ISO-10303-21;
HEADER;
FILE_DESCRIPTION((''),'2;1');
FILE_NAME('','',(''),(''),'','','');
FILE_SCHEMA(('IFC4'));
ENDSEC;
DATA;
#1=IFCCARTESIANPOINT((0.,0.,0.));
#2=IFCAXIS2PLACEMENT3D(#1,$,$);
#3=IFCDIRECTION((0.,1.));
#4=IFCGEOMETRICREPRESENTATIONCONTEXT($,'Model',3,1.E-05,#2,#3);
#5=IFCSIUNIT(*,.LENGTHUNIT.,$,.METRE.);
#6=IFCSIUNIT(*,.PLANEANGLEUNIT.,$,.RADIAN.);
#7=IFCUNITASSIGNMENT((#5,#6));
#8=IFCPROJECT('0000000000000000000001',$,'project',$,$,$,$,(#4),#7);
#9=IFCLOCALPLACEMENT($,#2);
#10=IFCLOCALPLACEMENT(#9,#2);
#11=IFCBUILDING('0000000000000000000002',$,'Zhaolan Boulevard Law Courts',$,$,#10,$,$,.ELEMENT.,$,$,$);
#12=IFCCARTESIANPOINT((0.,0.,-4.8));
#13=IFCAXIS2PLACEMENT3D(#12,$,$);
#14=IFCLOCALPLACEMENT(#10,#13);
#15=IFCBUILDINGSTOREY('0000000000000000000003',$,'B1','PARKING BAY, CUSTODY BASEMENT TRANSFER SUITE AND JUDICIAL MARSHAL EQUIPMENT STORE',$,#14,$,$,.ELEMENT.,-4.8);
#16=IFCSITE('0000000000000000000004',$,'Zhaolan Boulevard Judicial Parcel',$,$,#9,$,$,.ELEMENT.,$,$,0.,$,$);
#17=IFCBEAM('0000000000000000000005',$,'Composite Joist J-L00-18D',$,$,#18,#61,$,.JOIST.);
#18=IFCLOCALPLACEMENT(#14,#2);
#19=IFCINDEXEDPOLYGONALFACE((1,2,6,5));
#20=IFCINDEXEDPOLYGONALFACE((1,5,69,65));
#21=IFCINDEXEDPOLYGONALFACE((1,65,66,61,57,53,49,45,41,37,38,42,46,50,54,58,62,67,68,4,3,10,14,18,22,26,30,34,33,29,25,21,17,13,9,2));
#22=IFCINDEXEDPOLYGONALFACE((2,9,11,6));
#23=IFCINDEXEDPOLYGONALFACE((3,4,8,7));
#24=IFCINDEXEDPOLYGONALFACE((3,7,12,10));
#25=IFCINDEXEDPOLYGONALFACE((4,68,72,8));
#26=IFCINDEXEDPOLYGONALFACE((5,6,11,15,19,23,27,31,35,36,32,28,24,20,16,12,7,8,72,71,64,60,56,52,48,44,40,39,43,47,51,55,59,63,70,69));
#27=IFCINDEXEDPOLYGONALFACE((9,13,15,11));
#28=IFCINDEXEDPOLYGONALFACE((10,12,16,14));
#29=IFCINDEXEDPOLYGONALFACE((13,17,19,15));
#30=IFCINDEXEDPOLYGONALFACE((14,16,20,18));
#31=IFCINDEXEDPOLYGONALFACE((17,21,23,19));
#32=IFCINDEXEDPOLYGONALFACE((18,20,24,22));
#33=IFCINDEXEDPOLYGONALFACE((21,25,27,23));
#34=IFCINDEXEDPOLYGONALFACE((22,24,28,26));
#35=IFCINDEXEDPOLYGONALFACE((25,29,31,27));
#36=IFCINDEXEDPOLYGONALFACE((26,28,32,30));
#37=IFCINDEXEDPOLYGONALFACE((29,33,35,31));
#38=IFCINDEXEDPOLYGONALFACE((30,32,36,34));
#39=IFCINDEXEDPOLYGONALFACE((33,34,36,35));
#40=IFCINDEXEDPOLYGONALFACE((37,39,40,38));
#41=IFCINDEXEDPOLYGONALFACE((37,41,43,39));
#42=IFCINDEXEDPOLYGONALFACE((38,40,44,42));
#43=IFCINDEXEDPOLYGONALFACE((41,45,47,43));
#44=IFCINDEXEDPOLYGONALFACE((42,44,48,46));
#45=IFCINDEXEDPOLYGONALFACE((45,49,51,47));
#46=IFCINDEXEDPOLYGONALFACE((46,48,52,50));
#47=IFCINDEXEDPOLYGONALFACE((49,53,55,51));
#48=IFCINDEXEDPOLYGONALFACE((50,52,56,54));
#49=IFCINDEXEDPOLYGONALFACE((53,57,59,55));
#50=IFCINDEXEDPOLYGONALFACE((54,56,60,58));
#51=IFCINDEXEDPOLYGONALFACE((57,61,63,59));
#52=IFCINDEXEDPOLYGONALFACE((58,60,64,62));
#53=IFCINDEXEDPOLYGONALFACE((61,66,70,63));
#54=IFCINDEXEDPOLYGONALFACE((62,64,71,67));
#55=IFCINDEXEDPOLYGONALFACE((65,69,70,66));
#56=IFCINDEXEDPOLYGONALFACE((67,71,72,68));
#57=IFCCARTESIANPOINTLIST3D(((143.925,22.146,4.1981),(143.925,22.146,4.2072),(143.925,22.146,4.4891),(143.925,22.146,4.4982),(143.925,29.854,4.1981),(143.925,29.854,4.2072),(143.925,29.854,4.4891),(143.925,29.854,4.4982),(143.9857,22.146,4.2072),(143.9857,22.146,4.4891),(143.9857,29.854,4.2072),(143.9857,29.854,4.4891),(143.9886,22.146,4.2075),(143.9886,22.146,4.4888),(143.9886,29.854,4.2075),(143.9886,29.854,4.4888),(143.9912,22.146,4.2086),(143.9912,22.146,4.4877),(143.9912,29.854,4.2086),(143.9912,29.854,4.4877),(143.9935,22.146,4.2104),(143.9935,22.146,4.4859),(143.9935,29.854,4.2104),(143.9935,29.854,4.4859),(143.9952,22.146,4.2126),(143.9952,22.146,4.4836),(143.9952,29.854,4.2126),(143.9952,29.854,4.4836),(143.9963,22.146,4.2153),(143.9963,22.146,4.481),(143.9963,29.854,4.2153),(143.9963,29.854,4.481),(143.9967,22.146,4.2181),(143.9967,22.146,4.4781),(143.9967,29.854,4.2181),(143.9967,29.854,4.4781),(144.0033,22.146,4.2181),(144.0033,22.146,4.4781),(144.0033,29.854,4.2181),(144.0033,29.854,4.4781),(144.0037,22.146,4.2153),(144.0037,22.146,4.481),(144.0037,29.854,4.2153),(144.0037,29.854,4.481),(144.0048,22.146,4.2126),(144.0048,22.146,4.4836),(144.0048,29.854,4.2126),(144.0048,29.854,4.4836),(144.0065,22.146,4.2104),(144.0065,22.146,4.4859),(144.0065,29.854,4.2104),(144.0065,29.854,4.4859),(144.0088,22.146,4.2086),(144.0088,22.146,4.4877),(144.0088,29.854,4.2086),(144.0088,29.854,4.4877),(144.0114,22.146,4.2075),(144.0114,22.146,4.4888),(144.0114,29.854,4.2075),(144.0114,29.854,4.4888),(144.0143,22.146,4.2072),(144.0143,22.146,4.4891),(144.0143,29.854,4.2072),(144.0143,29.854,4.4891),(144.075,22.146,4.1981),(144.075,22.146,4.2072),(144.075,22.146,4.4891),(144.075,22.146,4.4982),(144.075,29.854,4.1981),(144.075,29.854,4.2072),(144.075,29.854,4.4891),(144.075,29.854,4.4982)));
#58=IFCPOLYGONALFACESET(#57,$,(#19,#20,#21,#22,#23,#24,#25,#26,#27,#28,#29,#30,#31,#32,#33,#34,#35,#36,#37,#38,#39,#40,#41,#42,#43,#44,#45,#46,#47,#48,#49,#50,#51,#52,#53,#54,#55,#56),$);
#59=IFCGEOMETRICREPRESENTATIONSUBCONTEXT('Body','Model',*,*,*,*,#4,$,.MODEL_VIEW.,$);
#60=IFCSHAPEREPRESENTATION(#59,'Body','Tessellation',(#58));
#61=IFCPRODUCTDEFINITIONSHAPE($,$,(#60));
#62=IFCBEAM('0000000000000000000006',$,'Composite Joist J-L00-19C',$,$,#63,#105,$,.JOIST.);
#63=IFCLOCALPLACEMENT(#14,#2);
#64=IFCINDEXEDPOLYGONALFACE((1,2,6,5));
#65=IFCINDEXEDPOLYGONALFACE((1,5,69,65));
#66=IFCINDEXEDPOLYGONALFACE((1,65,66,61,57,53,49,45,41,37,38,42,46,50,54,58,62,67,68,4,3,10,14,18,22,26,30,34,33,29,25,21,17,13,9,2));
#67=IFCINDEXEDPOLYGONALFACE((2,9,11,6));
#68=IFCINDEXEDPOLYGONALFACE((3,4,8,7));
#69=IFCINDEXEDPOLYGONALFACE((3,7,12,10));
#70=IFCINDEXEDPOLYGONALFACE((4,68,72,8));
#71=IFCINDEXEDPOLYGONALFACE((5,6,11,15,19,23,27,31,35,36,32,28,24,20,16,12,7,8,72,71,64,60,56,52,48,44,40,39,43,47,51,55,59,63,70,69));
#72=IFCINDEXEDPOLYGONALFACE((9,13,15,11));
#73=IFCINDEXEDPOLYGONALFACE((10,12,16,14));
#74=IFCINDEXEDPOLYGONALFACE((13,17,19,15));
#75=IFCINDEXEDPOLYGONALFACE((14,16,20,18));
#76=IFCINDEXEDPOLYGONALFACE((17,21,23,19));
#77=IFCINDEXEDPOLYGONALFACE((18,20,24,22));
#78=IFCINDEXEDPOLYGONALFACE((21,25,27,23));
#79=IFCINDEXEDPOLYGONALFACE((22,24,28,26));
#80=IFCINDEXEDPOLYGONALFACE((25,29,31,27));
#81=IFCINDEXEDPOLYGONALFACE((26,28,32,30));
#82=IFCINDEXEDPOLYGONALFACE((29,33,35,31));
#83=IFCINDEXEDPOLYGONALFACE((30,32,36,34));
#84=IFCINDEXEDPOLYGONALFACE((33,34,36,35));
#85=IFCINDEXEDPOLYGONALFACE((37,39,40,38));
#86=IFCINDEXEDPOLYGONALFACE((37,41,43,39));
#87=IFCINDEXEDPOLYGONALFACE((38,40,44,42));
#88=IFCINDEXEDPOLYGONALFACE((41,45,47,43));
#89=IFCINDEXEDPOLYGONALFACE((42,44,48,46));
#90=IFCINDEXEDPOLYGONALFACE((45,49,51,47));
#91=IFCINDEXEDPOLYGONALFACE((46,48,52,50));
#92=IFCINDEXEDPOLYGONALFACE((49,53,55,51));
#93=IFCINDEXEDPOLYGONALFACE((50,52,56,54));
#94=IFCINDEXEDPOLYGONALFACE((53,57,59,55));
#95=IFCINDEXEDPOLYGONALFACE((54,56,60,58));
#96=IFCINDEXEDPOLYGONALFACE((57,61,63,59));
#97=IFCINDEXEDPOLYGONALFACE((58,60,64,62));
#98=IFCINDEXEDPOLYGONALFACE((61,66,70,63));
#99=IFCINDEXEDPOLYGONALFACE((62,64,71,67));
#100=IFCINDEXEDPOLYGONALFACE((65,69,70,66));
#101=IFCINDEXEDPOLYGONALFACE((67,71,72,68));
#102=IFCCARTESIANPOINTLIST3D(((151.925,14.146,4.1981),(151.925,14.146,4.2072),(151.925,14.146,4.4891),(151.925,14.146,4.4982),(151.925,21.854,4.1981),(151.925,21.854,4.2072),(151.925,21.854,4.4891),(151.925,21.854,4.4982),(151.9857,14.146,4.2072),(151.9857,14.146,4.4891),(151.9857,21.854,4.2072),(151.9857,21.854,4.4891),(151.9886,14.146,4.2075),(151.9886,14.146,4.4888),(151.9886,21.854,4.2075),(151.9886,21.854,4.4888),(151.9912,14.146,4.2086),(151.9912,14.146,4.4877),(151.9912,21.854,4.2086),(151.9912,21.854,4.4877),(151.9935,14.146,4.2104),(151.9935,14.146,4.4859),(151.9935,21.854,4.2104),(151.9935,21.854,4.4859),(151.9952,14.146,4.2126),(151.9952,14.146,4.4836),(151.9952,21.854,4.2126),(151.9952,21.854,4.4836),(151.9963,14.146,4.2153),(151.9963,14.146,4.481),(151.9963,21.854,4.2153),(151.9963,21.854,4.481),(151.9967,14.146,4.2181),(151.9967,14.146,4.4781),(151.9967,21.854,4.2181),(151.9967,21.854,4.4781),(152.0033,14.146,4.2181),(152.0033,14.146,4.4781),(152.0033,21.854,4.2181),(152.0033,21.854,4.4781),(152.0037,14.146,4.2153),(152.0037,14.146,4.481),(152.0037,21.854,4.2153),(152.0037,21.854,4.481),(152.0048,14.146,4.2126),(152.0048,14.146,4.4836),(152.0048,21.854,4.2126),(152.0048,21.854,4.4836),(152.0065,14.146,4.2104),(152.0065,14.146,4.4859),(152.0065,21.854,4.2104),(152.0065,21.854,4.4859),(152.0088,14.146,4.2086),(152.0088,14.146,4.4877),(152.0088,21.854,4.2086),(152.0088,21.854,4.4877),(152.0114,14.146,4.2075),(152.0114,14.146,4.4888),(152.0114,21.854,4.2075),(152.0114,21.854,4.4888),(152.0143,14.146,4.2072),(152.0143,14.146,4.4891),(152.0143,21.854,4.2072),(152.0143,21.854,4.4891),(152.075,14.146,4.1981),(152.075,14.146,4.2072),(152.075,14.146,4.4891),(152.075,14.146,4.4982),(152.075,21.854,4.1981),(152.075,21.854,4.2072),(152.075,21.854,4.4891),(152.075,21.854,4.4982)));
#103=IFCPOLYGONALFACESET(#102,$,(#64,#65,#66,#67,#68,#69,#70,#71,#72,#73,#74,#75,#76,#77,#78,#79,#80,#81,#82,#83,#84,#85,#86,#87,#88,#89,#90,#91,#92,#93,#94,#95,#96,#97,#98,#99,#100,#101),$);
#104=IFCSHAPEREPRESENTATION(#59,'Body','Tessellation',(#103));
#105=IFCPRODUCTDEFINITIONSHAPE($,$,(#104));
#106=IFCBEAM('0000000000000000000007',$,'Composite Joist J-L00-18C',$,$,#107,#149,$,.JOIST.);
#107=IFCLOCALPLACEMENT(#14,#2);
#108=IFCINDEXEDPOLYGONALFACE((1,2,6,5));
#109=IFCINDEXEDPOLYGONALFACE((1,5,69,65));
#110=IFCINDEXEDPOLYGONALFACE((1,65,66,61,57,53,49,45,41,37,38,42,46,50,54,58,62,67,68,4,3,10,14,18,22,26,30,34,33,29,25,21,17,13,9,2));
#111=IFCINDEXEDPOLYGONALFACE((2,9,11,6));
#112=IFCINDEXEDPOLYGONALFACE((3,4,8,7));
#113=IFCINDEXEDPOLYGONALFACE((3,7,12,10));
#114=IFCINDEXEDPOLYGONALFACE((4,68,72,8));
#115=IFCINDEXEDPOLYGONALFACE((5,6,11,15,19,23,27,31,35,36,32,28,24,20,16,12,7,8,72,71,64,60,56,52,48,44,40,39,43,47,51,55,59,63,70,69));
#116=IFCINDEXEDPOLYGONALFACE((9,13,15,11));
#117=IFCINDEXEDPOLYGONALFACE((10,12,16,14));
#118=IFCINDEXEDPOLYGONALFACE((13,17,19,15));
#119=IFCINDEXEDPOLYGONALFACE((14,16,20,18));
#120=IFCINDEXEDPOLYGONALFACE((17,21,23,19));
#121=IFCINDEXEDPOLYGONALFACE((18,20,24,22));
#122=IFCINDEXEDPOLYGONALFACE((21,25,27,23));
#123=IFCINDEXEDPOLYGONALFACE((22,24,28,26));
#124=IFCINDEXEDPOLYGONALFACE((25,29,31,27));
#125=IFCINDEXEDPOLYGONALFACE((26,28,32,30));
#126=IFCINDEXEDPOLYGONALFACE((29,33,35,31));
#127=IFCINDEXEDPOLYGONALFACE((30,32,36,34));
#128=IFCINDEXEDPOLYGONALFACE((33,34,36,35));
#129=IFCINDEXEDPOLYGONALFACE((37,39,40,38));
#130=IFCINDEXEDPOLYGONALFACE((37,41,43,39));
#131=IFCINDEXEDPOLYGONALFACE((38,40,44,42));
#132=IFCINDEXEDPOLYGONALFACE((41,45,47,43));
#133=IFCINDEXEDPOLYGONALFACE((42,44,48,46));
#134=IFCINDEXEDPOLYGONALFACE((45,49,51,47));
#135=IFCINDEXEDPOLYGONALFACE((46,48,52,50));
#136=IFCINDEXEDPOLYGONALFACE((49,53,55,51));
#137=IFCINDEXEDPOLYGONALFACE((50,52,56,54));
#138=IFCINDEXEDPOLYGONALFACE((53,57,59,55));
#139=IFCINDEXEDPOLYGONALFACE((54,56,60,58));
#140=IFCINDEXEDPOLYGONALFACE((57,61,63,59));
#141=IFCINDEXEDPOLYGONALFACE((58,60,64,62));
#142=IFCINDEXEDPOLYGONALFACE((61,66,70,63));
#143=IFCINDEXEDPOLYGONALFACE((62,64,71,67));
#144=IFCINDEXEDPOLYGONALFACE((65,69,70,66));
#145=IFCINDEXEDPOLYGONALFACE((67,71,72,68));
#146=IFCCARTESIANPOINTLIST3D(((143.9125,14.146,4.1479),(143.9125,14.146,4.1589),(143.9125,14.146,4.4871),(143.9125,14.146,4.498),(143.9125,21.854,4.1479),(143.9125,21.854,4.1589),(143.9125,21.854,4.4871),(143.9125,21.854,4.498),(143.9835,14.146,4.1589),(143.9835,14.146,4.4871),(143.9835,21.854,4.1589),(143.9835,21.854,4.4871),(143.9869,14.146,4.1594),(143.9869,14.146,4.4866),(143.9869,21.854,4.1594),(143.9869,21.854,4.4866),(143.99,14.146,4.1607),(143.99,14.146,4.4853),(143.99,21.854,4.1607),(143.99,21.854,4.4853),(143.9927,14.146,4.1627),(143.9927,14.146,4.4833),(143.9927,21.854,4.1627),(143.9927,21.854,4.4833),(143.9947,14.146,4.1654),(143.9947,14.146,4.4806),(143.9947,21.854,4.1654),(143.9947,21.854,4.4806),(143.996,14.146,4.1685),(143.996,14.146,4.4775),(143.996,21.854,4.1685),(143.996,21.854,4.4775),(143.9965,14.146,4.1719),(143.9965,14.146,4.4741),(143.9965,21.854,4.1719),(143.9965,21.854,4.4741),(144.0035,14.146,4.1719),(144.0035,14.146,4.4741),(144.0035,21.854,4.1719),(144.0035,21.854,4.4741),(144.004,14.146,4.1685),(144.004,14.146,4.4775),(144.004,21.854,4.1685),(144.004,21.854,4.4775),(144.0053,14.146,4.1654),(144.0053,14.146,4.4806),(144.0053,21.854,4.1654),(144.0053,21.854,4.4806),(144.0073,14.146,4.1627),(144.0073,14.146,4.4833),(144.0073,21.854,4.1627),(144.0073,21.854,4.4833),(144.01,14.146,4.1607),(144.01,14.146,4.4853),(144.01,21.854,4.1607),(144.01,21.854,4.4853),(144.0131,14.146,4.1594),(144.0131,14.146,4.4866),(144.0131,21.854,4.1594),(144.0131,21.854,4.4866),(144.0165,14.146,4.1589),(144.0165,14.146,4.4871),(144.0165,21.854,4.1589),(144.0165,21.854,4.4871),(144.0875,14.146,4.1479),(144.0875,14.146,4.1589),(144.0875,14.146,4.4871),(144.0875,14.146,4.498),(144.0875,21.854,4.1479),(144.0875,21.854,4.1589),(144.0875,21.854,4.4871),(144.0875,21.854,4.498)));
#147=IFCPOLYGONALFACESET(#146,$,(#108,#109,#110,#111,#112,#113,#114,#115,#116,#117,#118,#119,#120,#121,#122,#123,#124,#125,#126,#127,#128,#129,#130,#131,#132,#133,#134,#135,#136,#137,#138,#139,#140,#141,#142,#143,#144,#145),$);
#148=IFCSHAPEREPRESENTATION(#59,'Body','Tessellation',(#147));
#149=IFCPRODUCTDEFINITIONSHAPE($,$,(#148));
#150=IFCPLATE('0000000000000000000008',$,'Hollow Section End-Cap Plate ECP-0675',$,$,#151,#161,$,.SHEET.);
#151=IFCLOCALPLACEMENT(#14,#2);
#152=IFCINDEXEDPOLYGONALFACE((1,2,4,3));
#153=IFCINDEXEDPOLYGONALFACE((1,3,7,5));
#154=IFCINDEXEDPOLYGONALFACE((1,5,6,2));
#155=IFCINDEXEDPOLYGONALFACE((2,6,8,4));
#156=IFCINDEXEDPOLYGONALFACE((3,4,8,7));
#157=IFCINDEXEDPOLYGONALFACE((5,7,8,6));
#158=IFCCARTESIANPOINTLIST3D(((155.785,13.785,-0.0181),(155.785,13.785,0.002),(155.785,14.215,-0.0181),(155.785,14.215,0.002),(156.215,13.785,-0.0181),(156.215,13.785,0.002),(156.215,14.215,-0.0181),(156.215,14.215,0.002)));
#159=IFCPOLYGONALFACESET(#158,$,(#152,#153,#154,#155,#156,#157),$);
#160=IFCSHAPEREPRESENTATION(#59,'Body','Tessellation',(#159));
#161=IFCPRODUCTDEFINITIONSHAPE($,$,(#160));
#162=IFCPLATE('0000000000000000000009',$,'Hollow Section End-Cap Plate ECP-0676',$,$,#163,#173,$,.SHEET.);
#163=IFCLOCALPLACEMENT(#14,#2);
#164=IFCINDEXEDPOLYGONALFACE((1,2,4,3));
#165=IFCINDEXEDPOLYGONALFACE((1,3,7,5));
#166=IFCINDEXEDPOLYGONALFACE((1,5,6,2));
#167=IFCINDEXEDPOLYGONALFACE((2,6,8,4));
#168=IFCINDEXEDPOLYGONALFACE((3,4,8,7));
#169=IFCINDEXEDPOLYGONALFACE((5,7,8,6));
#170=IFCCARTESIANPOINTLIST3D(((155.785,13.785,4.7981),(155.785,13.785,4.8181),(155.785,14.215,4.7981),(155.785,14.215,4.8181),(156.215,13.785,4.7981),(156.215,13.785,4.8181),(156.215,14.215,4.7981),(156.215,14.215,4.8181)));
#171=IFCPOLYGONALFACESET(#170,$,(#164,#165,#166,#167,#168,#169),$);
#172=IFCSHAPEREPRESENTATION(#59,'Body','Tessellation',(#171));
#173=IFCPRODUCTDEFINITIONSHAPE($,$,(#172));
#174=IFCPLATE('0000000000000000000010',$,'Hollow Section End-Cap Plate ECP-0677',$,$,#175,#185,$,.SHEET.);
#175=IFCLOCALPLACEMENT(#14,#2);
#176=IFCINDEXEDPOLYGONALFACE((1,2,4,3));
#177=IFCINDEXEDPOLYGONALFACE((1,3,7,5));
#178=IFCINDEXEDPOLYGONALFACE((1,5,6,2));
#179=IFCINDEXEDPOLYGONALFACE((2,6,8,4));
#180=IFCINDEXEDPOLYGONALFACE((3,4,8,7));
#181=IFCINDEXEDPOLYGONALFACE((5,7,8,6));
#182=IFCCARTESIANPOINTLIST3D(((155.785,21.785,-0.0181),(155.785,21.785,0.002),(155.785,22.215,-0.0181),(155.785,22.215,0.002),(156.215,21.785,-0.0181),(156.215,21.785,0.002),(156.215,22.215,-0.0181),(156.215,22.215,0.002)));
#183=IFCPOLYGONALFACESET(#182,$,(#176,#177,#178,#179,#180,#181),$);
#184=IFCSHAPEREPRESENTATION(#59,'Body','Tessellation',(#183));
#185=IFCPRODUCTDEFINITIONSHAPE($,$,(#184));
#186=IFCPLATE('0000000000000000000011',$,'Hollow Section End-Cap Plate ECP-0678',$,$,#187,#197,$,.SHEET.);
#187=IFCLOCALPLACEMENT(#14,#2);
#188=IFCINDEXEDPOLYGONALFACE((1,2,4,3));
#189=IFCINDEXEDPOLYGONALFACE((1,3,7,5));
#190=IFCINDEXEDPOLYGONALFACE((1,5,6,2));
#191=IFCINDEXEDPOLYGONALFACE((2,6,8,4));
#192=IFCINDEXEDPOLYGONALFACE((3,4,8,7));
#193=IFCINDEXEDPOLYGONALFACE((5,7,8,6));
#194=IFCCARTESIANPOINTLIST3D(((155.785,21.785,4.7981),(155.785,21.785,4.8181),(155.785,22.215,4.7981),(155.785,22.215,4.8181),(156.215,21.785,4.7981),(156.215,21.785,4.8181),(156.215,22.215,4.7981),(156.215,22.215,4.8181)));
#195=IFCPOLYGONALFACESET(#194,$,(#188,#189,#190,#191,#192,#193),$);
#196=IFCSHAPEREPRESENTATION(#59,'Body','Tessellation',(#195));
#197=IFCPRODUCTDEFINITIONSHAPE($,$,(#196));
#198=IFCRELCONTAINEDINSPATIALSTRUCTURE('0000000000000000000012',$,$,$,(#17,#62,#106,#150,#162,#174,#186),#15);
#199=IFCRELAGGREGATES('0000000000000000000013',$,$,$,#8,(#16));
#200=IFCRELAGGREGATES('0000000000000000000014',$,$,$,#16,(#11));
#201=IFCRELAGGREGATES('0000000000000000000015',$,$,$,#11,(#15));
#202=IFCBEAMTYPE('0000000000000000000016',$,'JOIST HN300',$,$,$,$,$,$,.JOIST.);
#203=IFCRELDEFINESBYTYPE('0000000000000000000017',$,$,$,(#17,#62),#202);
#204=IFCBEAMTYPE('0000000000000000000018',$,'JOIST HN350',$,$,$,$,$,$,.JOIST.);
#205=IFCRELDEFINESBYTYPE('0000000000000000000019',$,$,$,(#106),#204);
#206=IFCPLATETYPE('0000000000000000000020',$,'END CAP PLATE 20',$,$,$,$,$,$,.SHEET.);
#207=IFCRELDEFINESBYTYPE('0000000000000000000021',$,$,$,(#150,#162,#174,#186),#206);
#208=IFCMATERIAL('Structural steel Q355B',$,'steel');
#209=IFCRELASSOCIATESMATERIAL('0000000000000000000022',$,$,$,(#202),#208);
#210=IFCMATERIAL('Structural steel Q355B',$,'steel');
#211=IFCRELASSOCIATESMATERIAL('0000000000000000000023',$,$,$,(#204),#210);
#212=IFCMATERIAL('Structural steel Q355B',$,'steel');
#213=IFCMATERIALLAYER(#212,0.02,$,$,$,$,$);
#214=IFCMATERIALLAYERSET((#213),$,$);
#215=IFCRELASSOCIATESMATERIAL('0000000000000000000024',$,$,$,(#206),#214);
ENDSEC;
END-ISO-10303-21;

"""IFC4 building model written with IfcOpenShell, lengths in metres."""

from ifc_helpers import new_model, si_unit, direction, frame, origin, origin_2d, place, context, subcontext, project, spatial, rectangle, i_section, extrude, material, layer, layer_set, material_profile, profile_set, type_object, element, save


model = new_model("IFC4")

# Units and contexts
model_context = context("Model", 3, precision=1e-05, world=origin(), true_north=direction((0.0, 1.0)))
body_context = subcontext(model_context, "Body", "Model", "MODEL_VIEW")
ifc_project = project(units=[si_unit("LENGTHUNIT", "METRE"), si_unit("PLANEANGLEUNIT", "RADIAN")], contexts=[model_context])

# Site, building, storey
site_placement = place(None, origin())
site = spatial("IfcSite", under=ifc_project, at=site_placement, Name="Zhaolan Boulevard Judicial Parcel", CompositionType="ELEMENT", RefElevation=0.0)
building_placement = place(site_placement, origin())
building = spatial("IfcBuilding", under=site, at=building_placement, Name="Zhaolan Boulevard Law Courts", CompositionType="ELEMENT")
storey_placement = place(building_placement, frame((0.0, 0.0, -4.8)))
storey = spatial("IfcBuildingStorey", under=building, at=storey_placement, Name="B1", Description="PARKING BAY, CUSTODY BASEMENT TRANSFER SUITE AND JUDICIAL MARSHAL EQUIPMENT STORE", CompositionType="ELEMENT", Elevation=-4.8)

# Beams
ifc_material_1 = material(Name="Structural steel Q355B", Category="steel")
ifc_material_profile_1 = material_profile(ifc_material_1, i_section(OverallWidth=0.1499, OverallDepth=0.3, WebThickness=0.0066, FlangeThickness=0.009, FilletRadius=0.011, at=origin_2d()), Name="HN300x150")
ifc_profile_set_1 = profile_set([ifc_material_profile_1], Name="Structural steel Q355B")
beam_type_1 = type_object("IfcBeamType", Name="JOIST HN300", PredefinedType="JOIST", material=ifc_profile_set_1)
for number, where, z_axis, x_axis, name in (
    (1, (144.0, 22.146, 4.3481), (0.0, 1.0, 0.0), (-1.0, 0.0, 0.0), "Composite Joist J-L00-18D"),
    (2, (152.0, 14.146, 4.3481), (0.0, 1.0, 0.0), (-1.0, 0.0, 0.0), "Composite Joist J-L00-19C"),
):
    element("IfcBeam", number, at=place(storey_placement, frame(where, z_axis=z_axis, x_axis=x_axis)), inside=storey, type_object=beam_type_1, Name=name, PredefinedType="JOIST", context=body_context, shape_type="SweptSolid", body=[
        extrude(i_section(OverallWidth=0.1499, OverallDepth=0.3, WebThickness=0.0066, FlangeThickness=0.009, FilletRadius=0.011, at=origin_2d()), origin(), (0.0, 0.0, 1.0), 7.708),
    ])
ifc_material_2 = material(Name="Structural steel Q355B", Category="steel")
ifc_material_profile_2 = material_profile(ifc_material_2, i_section(OverallWidth=0.175, OverallDepth=0.3501, WebThickness=0.0071, FlangeThickness=0.011, FilletRadius=0.0129, at=origin_2d()), Name="HN350x175")
ifc_profile_set_2 = profile_set([ifc_material_profile_2], Name="Structural steel Q355B")
beam_type_2 = type_object("IfcBeamType", Name="JOIST HN350", PredefinedType="JOIST", material=ifc_profile_set_2)
beam_1_placement = place(storey_placement, frame((144.0, 14.146, 4.323), z_axis=(0.0, 1.0, 0.0), x_axis=(-1.0, 0.0, 0.0)))
element("IfcBeam", 3, at=beam_1_placement, inside=storey, type_object=beam_type_2, Name="Composite Joist J-L00-18C", PredefinedType="JOIST", context=body_context, shape_type="SweptSolid", body=[
    extrude(i_section(OverallWidth=0.175, OverallDepth=0.3501, WebThickness=0.0071, FlangeThickness=0.011, FilletRadius=0.0129, at=origin_2d()), origin(), (0.0, 0.0, 1.0), 7.708),
])

# Plates
ifc_material_3 = material(Name="Structural steel Q355B", Category="steel")
ifc_layer = layer(ifc_material_3, 0.02)
ifc_layer_set = layer_set([ifc_layer])
plate_type = type_object("IfcPlateType", Name="END CAP PLATE 20", PredefinedType="SHEET", material=ifc_layer_set)
for number, where, z_axis, x_axis, name in (
    (4, (156.0, 14.0, -0.0181), (0.0, 0.0, 1.0), (1.0, 0.0, 0.0), "Hollow Section End-Cap Plate ECP-0675"),
    (5, (156.0, 14.0, 4.7981), (0.0, 0.0, 1.0), (1.0, 0.0, 0.0), "Hollow Section End-Cap Plate ECP-0676"),
    (6, (156.0, 22.0, -0.0181), (0.0, 0.0, 1.0), (1.0, 0.0, 0.0), "Hollow Section End-Cap Plate ECP-0677"),
    (7, (156.0, 22.0, 4.7981), (0.0, 0.0, 1.0), (1.0, 0.0, 0.0), "Hollow Section End-Cap Plate ECP-0678"),
):
    element("IfcPlate", number, at=place(storey_placement, frame(where, z_axis=z_axis, x_axis=x_axis)), inside=storey, type_object=plate_type, Name=name, PredefinedType="SHEET", context=body_context, shape_type="SweptSolid", body=[
        extrude(rectangle(XDim=0.4299, YDim=0.4299, at=origin_2d()), origin(), (0.0, 0.0, 1.0), 0.02),
    ])

save(model, "model.ifc")
